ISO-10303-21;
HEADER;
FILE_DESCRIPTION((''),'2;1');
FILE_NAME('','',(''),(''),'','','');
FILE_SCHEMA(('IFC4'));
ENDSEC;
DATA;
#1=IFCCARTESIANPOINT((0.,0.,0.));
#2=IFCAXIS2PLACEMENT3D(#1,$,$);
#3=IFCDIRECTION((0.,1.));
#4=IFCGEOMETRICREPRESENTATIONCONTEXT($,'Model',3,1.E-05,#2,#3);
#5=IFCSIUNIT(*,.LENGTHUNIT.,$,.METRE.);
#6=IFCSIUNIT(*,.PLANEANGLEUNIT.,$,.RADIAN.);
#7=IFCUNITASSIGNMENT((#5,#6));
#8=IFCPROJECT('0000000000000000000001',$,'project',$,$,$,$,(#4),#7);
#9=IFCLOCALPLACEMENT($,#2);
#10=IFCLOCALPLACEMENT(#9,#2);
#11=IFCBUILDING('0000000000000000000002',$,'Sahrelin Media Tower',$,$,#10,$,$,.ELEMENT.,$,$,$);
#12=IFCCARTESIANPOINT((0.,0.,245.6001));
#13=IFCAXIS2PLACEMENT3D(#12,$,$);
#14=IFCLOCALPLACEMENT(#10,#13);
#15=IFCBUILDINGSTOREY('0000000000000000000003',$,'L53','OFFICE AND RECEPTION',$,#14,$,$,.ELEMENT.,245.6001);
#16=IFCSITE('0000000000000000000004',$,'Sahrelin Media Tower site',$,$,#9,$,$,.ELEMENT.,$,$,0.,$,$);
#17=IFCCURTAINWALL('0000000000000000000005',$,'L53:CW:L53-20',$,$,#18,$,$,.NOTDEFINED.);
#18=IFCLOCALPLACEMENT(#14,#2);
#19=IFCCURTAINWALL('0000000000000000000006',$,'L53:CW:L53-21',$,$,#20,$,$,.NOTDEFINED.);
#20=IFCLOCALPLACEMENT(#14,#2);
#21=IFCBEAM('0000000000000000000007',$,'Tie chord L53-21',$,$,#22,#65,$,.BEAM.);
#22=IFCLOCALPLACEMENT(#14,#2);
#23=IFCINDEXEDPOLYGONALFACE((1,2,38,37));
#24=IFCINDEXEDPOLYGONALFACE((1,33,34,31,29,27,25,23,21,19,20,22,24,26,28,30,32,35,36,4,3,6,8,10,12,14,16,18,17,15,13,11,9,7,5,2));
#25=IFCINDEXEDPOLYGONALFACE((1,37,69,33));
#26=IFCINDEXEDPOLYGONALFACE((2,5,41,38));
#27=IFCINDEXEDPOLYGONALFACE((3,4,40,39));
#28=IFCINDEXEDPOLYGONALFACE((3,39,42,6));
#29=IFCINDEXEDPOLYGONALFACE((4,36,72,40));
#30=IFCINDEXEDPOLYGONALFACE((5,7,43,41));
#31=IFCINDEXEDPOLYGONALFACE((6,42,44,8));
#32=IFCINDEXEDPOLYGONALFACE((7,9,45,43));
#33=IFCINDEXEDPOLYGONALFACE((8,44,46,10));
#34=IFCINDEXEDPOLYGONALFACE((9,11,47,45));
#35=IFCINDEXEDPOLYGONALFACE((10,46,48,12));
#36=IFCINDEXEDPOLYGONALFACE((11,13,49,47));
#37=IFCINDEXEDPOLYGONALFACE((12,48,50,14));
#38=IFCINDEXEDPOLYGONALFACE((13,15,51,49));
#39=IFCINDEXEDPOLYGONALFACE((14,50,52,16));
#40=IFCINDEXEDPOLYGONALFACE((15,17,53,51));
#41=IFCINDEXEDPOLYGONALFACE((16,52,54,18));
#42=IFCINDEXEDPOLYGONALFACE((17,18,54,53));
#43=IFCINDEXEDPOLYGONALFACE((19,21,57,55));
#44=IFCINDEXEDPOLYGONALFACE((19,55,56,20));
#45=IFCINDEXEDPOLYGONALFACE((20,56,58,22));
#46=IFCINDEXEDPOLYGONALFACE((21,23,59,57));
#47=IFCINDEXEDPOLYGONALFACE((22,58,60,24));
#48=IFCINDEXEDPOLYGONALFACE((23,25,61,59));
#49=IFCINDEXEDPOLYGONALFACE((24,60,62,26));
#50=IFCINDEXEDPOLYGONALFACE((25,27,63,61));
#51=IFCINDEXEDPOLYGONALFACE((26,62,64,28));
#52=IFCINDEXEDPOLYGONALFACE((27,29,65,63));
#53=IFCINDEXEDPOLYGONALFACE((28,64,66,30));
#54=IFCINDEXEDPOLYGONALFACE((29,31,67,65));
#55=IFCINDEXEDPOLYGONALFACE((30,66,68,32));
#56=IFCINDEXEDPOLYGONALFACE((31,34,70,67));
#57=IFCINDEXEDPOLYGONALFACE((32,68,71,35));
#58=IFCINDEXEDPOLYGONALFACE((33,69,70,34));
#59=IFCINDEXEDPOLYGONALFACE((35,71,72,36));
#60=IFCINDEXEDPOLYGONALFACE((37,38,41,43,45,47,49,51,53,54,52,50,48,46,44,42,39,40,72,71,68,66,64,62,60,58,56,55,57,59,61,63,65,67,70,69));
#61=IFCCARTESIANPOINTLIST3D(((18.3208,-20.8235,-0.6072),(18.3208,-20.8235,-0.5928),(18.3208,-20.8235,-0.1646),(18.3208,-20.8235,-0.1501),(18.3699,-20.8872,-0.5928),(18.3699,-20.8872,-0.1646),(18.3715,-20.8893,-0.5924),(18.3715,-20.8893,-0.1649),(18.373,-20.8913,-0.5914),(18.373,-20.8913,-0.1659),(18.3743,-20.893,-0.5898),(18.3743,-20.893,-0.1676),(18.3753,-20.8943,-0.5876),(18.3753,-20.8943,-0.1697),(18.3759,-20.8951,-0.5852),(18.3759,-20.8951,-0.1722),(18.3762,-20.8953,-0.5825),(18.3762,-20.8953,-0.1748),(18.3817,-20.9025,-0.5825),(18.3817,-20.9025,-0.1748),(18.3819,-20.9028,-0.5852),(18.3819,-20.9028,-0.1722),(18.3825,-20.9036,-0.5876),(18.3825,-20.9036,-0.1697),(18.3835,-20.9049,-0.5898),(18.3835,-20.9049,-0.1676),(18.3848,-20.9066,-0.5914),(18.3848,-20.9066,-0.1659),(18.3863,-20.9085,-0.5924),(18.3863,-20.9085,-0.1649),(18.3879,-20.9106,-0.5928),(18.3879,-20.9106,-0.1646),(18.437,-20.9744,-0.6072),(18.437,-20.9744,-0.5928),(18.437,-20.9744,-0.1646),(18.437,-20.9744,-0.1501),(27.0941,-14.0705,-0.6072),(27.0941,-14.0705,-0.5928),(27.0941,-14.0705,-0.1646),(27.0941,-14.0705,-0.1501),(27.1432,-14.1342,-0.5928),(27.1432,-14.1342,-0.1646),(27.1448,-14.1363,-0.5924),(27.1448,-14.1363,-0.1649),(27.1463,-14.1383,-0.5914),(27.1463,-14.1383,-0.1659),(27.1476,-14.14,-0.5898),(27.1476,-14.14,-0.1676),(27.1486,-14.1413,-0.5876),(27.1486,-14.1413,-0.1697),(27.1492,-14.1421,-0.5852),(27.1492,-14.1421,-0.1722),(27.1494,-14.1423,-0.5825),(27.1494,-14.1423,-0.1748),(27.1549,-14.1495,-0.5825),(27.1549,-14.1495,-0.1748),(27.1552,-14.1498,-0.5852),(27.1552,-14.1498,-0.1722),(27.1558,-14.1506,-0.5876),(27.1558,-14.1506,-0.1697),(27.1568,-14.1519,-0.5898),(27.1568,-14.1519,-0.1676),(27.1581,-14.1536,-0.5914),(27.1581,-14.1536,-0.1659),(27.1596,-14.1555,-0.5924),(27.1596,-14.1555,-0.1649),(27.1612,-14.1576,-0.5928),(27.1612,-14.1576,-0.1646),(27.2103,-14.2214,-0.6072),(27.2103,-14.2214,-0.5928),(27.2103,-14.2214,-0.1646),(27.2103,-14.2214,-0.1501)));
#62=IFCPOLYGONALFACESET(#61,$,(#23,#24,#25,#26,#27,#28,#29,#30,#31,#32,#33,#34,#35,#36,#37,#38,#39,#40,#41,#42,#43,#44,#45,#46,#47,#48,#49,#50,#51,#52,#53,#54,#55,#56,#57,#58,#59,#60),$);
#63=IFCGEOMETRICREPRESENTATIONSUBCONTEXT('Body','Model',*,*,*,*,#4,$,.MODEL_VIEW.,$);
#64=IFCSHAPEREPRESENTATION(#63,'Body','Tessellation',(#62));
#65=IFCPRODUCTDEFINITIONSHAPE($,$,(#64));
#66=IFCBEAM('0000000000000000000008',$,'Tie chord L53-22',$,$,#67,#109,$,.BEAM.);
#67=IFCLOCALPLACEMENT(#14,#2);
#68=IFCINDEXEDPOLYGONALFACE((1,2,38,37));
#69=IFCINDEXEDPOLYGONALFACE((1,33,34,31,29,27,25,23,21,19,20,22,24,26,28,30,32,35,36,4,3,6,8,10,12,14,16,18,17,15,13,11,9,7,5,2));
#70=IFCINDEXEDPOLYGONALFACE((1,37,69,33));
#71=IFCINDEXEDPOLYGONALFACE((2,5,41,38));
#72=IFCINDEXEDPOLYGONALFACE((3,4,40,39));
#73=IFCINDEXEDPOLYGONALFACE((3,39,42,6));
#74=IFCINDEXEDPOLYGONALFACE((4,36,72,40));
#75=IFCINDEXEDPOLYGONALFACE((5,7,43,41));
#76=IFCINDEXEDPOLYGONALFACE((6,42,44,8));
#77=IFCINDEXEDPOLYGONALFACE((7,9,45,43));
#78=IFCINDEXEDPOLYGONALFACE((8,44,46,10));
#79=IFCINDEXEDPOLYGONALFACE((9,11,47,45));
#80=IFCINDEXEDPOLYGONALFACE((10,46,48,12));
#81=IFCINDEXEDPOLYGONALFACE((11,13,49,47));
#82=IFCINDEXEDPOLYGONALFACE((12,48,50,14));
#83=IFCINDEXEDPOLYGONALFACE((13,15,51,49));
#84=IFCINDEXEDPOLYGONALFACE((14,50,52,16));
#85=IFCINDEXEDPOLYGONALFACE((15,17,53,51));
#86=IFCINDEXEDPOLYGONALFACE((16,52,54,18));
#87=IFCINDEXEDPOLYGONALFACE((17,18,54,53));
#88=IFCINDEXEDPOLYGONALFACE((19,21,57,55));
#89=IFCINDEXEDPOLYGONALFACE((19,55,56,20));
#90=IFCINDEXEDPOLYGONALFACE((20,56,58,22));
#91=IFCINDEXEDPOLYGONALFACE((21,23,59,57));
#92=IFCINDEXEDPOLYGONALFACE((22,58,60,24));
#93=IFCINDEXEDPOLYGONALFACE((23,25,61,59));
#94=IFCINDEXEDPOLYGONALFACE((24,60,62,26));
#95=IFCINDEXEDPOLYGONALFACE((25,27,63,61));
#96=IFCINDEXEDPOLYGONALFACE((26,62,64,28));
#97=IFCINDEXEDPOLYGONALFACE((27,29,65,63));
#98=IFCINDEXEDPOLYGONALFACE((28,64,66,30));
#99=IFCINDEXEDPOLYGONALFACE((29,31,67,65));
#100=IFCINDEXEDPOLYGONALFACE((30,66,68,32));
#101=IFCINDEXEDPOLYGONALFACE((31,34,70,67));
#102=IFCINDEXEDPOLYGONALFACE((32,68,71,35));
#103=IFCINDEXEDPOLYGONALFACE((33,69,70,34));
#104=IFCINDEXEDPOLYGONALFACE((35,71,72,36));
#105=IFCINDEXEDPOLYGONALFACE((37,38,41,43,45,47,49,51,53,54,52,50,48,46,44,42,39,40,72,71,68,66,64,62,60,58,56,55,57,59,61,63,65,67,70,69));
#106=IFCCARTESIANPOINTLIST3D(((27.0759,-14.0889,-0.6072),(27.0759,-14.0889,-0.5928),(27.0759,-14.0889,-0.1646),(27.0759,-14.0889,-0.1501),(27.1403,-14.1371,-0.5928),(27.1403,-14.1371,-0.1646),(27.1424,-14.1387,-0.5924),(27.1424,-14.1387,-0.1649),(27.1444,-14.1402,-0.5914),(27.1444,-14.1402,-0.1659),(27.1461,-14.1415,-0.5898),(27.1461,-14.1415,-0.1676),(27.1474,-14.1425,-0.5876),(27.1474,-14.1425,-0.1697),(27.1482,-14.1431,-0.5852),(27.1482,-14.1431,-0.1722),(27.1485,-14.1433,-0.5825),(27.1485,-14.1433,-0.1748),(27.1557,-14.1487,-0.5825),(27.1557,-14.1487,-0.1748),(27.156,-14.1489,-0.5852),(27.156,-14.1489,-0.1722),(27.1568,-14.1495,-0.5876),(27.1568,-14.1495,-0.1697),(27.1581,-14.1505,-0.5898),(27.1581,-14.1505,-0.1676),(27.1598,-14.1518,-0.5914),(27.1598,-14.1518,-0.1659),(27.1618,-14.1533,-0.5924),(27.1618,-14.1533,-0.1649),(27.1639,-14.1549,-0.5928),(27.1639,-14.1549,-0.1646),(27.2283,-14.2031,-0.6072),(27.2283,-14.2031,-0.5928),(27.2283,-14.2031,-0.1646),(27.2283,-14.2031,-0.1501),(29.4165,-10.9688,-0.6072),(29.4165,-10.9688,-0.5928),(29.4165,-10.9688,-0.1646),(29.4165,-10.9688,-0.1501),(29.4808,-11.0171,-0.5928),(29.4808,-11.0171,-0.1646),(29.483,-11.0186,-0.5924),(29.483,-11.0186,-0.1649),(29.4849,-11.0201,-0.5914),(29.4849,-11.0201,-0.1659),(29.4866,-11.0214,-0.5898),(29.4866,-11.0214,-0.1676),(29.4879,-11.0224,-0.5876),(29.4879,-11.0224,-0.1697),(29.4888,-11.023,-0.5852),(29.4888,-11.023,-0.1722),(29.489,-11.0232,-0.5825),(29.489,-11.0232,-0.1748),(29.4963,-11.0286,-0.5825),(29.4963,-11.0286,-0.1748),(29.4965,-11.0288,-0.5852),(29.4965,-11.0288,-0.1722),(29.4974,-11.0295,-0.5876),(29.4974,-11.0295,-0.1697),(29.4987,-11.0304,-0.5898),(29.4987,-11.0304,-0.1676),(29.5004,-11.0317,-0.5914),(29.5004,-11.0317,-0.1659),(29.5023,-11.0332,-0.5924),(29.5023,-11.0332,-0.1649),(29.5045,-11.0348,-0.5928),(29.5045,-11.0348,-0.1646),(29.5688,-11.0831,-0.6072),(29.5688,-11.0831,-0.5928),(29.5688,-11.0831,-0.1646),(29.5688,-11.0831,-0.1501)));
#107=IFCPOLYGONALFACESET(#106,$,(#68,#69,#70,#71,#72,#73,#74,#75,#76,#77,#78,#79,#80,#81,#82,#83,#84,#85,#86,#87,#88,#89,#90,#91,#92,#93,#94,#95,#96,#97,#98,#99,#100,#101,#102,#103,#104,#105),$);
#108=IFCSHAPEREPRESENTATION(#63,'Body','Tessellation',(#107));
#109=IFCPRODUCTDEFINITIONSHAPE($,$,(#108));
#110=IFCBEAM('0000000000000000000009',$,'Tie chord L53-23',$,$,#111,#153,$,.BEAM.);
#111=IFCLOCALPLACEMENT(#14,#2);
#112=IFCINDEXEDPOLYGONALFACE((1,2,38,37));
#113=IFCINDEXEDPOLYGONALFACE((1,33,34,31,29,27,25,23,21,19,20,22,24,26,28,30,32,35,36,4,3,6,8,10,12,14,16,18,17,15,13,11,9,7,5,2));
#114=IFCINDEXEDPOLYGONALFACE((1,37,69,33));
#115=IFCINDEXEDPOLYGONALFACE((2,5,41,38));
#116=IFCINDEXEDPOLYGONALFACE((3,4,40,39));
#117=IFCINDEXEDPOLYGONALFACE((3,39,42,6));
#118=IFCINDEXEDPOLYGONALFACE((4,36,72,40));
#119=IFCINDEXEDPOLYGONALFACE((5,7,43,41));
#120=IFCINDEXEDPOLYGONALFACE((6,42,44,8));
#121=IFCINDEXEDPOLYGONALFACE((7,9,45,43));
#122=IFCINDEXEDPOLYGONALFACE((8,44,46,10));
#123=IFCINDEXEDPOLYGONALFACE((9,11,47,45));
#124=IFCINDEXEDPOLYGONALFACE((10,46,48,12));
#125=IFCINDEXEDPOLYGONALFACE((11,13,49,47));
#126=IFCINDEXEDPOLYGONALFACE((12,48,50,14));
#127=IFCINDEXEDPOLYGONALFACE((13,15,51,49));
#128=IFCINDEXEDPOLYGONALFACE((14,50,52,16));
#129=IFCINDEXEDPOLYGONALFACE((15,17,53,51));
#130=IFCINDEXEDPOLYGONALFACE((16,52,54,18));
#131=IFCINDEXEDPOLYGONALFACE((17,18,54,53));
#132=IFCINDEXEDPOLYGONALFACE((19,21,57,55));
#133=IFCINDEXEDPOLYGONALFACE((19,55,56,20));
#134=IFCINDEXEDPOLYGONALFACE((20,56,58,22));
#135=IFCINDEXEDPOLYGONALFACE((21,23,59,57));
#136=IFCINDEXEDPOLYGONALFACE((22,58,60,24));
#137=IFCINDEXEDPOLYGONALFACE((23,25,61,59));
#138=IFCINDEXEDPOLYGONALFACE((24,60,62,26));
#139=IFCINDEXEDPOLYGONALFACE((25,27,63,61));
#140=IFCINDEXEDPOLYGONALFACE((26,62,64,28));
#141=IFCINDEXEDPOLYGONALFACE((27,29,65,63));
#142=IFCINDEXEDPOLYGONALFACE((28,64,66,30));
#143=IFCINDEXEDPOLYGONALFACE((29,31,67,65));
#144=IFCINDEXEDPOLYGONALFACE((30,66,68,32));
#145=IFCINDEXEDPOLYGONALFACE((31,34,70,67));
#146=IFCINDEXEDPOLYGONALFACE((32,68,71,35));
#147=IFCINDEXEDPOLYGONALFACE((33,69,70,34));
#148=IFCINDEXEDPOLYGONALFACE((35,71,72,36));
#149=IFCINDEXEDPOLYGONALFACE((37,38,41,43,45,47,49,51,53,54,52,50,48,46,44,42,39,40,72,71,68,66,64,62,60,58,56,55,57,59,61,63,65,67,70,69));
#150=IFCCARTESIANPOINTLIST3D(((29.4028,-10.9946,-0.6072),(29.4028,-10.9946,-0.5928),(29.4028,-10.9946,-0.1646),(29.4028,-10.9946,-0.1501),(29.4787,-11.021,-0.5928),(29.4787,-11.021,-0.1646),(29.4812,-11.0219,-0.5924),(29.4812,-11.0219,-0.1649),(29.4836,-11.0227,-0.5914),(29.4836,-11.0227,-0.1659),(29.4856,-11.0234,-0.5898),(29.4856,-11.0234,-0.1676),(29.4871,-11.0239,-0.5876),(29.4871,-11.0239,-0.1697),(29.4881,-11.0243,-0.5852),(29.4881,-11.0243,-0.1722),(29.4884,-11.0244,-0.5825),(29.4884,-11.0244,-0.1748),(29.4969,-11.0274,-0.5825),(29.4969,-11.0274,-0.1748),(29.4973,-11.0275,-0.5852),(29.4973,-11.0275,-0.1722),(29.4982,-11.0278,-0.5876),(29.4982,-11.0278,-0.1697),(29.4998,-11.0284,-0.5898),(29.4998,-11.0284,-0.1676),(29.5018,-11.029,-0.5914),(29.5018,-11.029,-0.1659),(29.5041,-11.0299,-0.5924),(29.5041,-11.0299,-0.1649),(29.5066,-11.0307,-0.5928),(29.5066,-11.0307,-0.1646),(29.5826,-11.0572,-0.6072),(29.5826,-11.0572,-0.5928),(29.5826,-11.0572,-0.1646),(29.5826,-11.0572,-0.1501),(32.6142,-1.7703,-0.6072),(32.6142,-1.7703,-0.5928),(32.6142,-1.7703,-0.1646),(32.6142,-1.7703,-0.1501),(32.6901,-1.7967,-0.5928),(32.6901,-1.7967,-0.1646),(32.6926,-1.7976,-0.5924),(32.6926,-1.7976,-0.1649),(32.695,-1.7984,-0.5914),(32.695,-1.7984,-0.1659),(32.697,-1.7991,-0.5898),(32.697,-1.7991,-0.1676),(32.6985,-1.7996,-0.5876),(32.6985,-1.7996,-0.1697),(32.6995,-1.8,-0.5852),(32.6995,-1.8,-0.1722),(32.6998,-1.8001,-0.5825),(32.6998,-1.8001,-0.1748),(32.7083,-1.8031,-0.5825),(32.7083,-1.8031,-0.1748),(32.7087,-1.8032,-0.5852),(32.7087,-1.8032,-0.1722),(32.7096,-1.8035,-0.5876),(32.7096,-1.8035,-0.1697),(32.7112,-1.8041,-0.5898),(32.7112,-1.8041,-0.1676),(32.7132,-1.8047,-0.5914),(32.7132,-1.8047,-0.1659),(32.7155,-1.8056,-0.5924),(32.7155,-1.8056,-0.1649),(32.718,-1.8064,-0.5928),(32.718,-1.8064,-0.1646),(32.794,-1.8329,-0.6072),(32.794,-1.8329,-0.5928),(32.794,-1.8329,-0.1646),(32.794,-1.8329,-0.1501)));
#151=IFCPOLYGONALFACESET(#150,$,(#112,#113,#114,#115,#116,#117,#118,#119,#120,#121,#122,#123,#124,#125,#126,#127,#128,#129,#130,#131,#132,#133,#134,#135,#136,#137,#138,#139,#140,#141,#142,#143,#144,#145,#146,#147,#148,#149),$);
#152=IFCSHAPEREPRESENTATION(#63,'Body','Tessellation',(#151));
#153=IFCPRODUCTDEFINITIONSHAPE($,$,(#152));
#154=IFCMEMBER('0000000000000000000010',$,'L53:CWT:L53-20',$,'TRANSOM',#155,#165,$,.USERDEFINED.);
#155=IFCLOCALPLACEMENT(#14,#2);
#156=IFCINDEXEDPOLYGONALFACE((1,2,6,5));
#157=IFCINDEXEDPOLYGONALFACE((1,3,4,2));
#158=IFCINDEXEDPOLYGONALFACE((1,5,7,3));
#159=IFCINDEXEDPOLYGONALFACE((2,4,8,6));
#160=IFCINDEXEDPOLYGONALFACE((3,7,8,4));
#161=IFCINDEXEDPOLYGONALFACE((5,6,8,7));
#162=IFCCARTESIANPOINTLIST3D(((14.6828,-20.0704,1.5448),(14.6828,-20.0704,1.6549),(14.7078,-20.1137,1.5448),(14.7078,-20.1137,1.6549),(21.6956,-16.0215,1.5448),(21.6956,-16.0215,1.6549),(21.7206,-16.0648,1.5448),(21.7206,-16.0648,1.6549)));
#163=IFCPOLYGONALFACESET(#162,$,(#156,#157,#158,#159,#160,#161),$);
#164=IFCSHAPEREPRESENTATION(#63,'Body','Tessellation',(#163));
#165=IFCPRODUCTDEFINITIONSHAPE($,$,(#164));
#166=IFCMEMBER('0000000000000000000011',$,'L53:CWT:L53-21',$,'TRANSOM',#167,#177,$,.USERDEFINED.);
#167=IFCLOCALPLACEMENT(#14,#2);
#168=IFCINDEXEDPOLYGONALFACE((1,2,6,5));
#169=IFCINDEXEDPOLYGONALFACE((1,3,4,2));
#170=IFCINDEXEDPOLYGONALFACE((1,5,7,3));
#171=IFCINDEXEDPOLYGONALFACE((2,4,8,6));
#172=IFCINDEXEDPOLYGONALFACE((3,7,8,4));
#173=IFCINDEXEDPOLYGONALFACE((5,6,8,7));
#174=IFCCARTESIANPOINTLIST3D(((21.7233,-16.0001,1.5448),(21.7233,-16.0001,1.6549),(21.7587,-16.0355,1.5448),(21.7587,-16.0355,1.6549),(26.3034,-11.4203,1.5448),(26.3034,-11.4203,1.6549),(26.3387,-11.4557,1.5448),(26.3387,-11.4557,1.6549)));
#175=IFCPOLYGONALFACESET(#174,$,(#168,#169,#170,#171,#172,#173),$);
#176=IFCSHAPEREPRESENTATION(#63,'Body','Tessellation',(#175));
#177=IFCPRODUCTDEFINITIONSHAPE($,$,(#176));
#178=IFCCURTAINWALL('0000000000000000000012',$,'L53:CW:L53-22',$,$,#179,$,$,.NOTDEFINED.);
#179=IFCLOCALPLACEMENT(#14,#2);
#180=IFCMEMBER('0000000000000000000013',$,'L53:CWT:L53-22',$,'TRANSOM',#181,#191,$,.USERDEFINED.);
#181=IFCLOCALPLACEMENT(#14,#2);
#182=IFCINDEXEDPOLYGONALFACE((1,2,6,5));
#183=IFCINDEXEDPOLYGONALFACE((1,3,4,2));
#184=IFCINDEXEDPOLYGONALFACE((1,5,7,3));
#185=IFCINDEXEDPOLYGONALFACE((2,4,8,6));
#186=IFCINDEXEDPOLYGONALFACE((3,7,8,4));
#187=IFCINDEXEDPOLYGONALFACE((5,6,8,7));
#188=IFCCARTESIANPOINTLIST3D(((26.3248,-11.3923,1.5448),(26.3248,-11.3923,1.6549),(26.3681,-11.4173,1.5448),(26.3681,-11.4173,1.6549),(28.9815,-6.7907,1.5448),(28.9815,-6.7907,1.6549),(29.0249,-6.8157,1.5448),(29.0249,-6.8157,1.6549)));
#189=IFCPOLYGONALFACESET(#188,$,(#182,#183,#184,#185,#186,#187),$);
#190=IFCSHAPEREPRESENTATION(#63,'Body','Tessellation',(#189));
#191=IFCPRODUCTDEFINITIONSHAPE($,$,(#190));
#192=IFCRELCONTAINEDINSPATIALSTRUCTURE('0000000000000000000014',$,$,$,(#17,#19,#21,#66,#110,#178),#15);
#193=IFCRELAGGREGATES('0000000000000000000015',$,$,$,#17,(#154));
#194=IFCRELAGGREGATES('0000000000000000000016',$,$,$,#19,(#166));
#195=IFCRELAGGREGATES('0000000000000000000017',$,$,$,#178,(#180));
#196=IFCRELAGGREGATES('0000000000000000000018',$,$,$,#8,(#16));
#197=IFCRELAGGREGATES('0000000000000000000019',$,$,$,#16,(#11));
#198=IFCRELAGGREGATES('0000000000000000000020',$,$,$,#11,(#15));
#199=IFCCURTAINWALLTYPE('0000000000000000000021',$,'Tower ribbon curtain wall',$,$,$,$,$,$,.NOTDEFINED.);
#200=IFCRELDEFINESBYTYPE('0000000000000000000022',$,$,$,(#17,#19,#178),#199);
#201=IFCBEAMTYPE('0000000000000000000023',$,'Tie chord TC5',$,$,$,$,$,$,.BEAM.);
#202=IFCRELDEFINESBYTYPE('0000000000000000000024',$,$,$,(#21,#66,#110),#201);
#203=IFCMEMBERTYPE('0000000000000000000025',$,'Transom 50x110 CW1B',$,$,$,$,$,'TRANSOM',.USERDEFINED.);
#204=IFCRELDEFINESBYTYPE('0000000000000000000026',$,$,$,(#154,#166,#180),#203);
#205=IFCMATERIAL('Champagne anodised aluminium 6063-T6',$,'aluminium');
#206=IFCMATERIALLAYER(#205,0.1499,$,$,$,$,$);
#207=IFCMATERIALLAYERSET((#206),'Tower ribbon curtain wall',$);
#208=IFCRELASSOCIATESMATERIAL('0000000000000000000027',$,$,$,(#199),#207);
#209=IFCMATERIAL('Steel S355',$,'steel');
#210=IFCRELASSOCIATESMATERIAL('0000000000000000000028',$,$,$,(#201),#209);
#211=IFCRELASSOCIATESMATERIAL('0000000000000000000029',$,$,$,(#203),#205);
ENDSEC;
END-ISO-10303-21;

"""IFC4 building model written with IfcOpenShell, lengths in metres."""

from ifc_helpers import new_model, si_unit, direction, frame, origin, origin_2d, place, context, subcontext, project, spatial, rectangle, i_section, extrude, material, layer, layer_set, material_profile, profile_set, type_object, element, aggregate, save


model = new_model("IFC4")

# Units and contexts
model_context = context("Model", 3, precision=1e-05, world=origin(), true_north=direction((0.0, 1.0)))
body_context = subcontext(model_context, "Body", "Model", "MODEL_VIEW")
ifc_project = project(units=[si_unit("LENGTHUNIT", "METRE"), si_unit("PLANEANGLEUNIT", "RADIAN")], contexts=[model_context])

# Site, building, storey
site_placement = place(None, origin())
site = spatial("IfcSite", under=ifc_project, at=site_placement, Name="Sahrelin Media Tower site", CompositionType="ELEMENT", RefElevation=0.0)
building_placement = place(site_placement, origin())
building = spatial("IfcBuilding", under=site, at=building_placement, Name="Sahrelin Media Tower", CompositionType="ELEMENT")
storey_placement = place(building_placement, frame((0.0, 0.0, 245.6001)))
storey = spatial("IfcBuildingStorey", under=building, at=storey_placement, Name="L53", Description="OFFICE AND RECEPTION", CompositionType="ELEMENT", Elevation=245.6001)

# Shared definitions
ifc_material_1 = material(Name="Steel S355", Category="steel")

# Curtain walls
ifc_material_2 = material(Name="Champagne anodised aluminium 6063-T6", Category="aluminium")
ifc_layer_1 = layer(ifc_material_2, 0.1499)
ifc_layer_set_1 = layer_set([ifc_layer_1], Name="Tower ribbon curtain wall")
curtain_wall_type = type_object("IfcCurtainWallType", Name="Tower ribbon curtain wall", PredefinedType="NOTDEFINED", material=ifc_layer_set_1)
curtain_wall_1_placement = place(storey_placement, frame((18.3115, -18.2581, 0.0), z_axis=(0.0, 0.0, 1.0), x_axis=(1.0, 0.0, 0.0)))
curtain_wall_1 = element("IfcCurtainWall", 1, at=curtain_wall_1_placement, inside=storey, type_object=curtain_wall_type, Name="L53:CW:L53-20", PredefinedType="NOTDEFINED")
curtain_wall_2_placement = place(storey_placement, frame((24.1865, -13.8835, 0.0), z_axis=(0.0, 0.0, 1.0), x_axis=(1.0, 0.0, 0.0)))
curtain_wall_2 = element("IfcCurtainWall", 2, at=curtain_wall_2_placement, inside=storey, type_object=curtain_wall_type, Name="L53:CW:L53-21", PredefinedType="NOTDEFINED")

# Beams
ifc_material_profile_1 = material_profile(ifc_material_1, i_section(OverallWidth=0.1904, OverallDepth=0.457, WebThickness=0.009, FlangeThickness=0.0144, FilletRadius=0.0103, at=origin_2d()), Name="UB 457x191x74")
ifc_profile_set_1 = profile_set([ifc_material_profile_1], Name="Steel S355")
beam_type_1 = type_object("IfcBeamType", Name="Tie chord TC5", PredefinedType="BEAM", material=ifc_profile_set_1)
beam_1_placement = place(storey_placement, frame((18.3789, -20.8989, -0.3787), z_axis=(0.792435, 0.609956, 0.0), x_axis=(-0.609956, 0.792435, 0.0)))
element("IfcBeam", 3, at=beam_1_placement, inside=storey, type_object=beam_type_1, Name="Tie chord L53-21", PredefinedType="BEAM", context=body_context, shape_type="SweptSolid", body=[
    extrude(i_section(OverallWidth=0.1904, OverallDepth=0.457, WebThickness=0.009, FlangeThickness=0.0144, FilletRadius=0.0103, at=origin_2d()), origin(), (0.0, 0.0, 1.0), 11.0713),
])
beam_2_placement = place(storey_placement, frame((27.1521, -14.146, -0.3787), z_axis=(0.60008, 0.79994, 0.0), x_axis=(-0.79994, 0.60008, 0.0)))
element("IfcBeam", 4, at=beam_2_placement, inside=storey, type_object=beam_type_1, Name="Tie chord L53-22", PredefinedType="BEAM", context=body_context, shape_type="SweptSolid", body=[
    extrude(i_section(OverallWidth=0.1904, OverallDepth=0.457, WebThickness=0.009, FlangeThickness=0.0144, FilletRadius=0.0103, at=origin_2d()), origin(), (0.0, 0.0, 1.0), 3.9004),
])
beam_3_placement = place(storey_placement, frame((29.4927, -11.0259, -0.3787), z_axis=(0.32879, 0.944403, 0.0), x_axis=(-0.944403, 0.32879, 0.0)))
element("IfcBeam", 5, at=beam_3_placement, inside=storey, type_object=beam_type_1, Name="Tie chord L53-23", PredefinedType="BEAM", context=body_context, shape_type="SweptSolid", body=[
    extrude(i_section(OverallWidth=0.1904, OverallDepth=0.457, WebThickness=0.009, FlangeThickness=0.0144, FilletRadius=0.0103, at=origin_2d()), origin(), (0.0, 0.0, 1.0), 9.7673),
])

# Members
ifc_material_profile_2 = material_profile(ifc_material_2, rectangle(XDim=0.05, YDim=0.1101, at=origin_2d()), Name="Transom 50x110")
ifc_profile_set_2 = profile_set([ifc_material_profile_2], Name="Champagne anodised aluminium 6063-T6")
member_type_1 = type_object("IfcMemberType", Name="Transom 50x110 CW1B", ElementType="TRANSOM", PredefinedType="USERDEFINED", material=ifc_profile_set_2)
member_1_placement = place(storey_placement, frame((14.6953, -20.092, 1.5999), z_axis=(0.866023, 0.500004, 0.0), x_axis=(-0.500004, 0.866023, 0.0)))
member_1 = element("IfcMember", 6, at=member_1_placement, type_object=member_type_1, Name="L53:CWT:L53-20", ObjectType="TRANSOM", PredefinedType="USERDEFINED", context=body_context, shape_type="SweptSolid", body=[
    extrude(rectangle(XDim=0.05, YDim=0.1101, at=origin_2d()), origin(), (0.0, 0.0, 1.0), 8.0977),
])
member_2_placement = place(storey_placement, frame((21.741, -16.0178, 1.5999), z_axis=(0.707126, 0.707088, 0.0), x_axis=(-0.707088, 0.707126, 0.0)))
member_2 = element("IfcMember", 7, at=member_2_placement, type_object=member_type_1, Name="L53:CWT:L53-21", ObjectType="TRANSOM", PredefinedType="USERDEFINED", context=body_context, shape_type="SweptSolid", body=[
    extrude(rectangle(XDim=0.05, YDim=0.1101, at=origin_2d()), origin(), (0.0, 0.0, 1.0), 6.4771),
])

# Curtain wall, member
curtain_wall_3_placement = place(storey_placement, frame((27.8652, -9.2141, 0.0), z_axis=(0.0, 0.0, 1.0), x_axis=(1.0, 0.0, 0.0)))
curtain_wall_3 = element("IfcCurtainWall", 8, at=curtain_wall_3_placement, inside=storey, type_object=curtain_wall_type, Name="L53:CW:L53-22", PredefinedType="NOTDEFINED")
member_3_placement = place(storey_placement, frame((26.3464, -11.4048, 1.5999), z_axis=(0.500004, 0.866023, 0.0), x_axis=(-0.866023, 0.500004, 0.0)))
member_3 = element("IfcMember", 9, at=member_3_placement, type_object=member_type_1, Name="L53:CWT:L53-22", ObjectType="TRANSOM", PredefinedType="USERDEFINED", context=body_context, shape_type="SweptSolid", body=[
    extrude(rectangle(XDim=0.05, YDim=0.1101, at=origin_2d()), origin(), (0.0, 0.0, 1.0), 5.3135),
])

aggregate(curtain_wall_1, [member_1])
aggregate(curtain_wall_2, [member_2])
aggregate(curtain_wall_3, [member_3])

save(model, "model.ifc")
